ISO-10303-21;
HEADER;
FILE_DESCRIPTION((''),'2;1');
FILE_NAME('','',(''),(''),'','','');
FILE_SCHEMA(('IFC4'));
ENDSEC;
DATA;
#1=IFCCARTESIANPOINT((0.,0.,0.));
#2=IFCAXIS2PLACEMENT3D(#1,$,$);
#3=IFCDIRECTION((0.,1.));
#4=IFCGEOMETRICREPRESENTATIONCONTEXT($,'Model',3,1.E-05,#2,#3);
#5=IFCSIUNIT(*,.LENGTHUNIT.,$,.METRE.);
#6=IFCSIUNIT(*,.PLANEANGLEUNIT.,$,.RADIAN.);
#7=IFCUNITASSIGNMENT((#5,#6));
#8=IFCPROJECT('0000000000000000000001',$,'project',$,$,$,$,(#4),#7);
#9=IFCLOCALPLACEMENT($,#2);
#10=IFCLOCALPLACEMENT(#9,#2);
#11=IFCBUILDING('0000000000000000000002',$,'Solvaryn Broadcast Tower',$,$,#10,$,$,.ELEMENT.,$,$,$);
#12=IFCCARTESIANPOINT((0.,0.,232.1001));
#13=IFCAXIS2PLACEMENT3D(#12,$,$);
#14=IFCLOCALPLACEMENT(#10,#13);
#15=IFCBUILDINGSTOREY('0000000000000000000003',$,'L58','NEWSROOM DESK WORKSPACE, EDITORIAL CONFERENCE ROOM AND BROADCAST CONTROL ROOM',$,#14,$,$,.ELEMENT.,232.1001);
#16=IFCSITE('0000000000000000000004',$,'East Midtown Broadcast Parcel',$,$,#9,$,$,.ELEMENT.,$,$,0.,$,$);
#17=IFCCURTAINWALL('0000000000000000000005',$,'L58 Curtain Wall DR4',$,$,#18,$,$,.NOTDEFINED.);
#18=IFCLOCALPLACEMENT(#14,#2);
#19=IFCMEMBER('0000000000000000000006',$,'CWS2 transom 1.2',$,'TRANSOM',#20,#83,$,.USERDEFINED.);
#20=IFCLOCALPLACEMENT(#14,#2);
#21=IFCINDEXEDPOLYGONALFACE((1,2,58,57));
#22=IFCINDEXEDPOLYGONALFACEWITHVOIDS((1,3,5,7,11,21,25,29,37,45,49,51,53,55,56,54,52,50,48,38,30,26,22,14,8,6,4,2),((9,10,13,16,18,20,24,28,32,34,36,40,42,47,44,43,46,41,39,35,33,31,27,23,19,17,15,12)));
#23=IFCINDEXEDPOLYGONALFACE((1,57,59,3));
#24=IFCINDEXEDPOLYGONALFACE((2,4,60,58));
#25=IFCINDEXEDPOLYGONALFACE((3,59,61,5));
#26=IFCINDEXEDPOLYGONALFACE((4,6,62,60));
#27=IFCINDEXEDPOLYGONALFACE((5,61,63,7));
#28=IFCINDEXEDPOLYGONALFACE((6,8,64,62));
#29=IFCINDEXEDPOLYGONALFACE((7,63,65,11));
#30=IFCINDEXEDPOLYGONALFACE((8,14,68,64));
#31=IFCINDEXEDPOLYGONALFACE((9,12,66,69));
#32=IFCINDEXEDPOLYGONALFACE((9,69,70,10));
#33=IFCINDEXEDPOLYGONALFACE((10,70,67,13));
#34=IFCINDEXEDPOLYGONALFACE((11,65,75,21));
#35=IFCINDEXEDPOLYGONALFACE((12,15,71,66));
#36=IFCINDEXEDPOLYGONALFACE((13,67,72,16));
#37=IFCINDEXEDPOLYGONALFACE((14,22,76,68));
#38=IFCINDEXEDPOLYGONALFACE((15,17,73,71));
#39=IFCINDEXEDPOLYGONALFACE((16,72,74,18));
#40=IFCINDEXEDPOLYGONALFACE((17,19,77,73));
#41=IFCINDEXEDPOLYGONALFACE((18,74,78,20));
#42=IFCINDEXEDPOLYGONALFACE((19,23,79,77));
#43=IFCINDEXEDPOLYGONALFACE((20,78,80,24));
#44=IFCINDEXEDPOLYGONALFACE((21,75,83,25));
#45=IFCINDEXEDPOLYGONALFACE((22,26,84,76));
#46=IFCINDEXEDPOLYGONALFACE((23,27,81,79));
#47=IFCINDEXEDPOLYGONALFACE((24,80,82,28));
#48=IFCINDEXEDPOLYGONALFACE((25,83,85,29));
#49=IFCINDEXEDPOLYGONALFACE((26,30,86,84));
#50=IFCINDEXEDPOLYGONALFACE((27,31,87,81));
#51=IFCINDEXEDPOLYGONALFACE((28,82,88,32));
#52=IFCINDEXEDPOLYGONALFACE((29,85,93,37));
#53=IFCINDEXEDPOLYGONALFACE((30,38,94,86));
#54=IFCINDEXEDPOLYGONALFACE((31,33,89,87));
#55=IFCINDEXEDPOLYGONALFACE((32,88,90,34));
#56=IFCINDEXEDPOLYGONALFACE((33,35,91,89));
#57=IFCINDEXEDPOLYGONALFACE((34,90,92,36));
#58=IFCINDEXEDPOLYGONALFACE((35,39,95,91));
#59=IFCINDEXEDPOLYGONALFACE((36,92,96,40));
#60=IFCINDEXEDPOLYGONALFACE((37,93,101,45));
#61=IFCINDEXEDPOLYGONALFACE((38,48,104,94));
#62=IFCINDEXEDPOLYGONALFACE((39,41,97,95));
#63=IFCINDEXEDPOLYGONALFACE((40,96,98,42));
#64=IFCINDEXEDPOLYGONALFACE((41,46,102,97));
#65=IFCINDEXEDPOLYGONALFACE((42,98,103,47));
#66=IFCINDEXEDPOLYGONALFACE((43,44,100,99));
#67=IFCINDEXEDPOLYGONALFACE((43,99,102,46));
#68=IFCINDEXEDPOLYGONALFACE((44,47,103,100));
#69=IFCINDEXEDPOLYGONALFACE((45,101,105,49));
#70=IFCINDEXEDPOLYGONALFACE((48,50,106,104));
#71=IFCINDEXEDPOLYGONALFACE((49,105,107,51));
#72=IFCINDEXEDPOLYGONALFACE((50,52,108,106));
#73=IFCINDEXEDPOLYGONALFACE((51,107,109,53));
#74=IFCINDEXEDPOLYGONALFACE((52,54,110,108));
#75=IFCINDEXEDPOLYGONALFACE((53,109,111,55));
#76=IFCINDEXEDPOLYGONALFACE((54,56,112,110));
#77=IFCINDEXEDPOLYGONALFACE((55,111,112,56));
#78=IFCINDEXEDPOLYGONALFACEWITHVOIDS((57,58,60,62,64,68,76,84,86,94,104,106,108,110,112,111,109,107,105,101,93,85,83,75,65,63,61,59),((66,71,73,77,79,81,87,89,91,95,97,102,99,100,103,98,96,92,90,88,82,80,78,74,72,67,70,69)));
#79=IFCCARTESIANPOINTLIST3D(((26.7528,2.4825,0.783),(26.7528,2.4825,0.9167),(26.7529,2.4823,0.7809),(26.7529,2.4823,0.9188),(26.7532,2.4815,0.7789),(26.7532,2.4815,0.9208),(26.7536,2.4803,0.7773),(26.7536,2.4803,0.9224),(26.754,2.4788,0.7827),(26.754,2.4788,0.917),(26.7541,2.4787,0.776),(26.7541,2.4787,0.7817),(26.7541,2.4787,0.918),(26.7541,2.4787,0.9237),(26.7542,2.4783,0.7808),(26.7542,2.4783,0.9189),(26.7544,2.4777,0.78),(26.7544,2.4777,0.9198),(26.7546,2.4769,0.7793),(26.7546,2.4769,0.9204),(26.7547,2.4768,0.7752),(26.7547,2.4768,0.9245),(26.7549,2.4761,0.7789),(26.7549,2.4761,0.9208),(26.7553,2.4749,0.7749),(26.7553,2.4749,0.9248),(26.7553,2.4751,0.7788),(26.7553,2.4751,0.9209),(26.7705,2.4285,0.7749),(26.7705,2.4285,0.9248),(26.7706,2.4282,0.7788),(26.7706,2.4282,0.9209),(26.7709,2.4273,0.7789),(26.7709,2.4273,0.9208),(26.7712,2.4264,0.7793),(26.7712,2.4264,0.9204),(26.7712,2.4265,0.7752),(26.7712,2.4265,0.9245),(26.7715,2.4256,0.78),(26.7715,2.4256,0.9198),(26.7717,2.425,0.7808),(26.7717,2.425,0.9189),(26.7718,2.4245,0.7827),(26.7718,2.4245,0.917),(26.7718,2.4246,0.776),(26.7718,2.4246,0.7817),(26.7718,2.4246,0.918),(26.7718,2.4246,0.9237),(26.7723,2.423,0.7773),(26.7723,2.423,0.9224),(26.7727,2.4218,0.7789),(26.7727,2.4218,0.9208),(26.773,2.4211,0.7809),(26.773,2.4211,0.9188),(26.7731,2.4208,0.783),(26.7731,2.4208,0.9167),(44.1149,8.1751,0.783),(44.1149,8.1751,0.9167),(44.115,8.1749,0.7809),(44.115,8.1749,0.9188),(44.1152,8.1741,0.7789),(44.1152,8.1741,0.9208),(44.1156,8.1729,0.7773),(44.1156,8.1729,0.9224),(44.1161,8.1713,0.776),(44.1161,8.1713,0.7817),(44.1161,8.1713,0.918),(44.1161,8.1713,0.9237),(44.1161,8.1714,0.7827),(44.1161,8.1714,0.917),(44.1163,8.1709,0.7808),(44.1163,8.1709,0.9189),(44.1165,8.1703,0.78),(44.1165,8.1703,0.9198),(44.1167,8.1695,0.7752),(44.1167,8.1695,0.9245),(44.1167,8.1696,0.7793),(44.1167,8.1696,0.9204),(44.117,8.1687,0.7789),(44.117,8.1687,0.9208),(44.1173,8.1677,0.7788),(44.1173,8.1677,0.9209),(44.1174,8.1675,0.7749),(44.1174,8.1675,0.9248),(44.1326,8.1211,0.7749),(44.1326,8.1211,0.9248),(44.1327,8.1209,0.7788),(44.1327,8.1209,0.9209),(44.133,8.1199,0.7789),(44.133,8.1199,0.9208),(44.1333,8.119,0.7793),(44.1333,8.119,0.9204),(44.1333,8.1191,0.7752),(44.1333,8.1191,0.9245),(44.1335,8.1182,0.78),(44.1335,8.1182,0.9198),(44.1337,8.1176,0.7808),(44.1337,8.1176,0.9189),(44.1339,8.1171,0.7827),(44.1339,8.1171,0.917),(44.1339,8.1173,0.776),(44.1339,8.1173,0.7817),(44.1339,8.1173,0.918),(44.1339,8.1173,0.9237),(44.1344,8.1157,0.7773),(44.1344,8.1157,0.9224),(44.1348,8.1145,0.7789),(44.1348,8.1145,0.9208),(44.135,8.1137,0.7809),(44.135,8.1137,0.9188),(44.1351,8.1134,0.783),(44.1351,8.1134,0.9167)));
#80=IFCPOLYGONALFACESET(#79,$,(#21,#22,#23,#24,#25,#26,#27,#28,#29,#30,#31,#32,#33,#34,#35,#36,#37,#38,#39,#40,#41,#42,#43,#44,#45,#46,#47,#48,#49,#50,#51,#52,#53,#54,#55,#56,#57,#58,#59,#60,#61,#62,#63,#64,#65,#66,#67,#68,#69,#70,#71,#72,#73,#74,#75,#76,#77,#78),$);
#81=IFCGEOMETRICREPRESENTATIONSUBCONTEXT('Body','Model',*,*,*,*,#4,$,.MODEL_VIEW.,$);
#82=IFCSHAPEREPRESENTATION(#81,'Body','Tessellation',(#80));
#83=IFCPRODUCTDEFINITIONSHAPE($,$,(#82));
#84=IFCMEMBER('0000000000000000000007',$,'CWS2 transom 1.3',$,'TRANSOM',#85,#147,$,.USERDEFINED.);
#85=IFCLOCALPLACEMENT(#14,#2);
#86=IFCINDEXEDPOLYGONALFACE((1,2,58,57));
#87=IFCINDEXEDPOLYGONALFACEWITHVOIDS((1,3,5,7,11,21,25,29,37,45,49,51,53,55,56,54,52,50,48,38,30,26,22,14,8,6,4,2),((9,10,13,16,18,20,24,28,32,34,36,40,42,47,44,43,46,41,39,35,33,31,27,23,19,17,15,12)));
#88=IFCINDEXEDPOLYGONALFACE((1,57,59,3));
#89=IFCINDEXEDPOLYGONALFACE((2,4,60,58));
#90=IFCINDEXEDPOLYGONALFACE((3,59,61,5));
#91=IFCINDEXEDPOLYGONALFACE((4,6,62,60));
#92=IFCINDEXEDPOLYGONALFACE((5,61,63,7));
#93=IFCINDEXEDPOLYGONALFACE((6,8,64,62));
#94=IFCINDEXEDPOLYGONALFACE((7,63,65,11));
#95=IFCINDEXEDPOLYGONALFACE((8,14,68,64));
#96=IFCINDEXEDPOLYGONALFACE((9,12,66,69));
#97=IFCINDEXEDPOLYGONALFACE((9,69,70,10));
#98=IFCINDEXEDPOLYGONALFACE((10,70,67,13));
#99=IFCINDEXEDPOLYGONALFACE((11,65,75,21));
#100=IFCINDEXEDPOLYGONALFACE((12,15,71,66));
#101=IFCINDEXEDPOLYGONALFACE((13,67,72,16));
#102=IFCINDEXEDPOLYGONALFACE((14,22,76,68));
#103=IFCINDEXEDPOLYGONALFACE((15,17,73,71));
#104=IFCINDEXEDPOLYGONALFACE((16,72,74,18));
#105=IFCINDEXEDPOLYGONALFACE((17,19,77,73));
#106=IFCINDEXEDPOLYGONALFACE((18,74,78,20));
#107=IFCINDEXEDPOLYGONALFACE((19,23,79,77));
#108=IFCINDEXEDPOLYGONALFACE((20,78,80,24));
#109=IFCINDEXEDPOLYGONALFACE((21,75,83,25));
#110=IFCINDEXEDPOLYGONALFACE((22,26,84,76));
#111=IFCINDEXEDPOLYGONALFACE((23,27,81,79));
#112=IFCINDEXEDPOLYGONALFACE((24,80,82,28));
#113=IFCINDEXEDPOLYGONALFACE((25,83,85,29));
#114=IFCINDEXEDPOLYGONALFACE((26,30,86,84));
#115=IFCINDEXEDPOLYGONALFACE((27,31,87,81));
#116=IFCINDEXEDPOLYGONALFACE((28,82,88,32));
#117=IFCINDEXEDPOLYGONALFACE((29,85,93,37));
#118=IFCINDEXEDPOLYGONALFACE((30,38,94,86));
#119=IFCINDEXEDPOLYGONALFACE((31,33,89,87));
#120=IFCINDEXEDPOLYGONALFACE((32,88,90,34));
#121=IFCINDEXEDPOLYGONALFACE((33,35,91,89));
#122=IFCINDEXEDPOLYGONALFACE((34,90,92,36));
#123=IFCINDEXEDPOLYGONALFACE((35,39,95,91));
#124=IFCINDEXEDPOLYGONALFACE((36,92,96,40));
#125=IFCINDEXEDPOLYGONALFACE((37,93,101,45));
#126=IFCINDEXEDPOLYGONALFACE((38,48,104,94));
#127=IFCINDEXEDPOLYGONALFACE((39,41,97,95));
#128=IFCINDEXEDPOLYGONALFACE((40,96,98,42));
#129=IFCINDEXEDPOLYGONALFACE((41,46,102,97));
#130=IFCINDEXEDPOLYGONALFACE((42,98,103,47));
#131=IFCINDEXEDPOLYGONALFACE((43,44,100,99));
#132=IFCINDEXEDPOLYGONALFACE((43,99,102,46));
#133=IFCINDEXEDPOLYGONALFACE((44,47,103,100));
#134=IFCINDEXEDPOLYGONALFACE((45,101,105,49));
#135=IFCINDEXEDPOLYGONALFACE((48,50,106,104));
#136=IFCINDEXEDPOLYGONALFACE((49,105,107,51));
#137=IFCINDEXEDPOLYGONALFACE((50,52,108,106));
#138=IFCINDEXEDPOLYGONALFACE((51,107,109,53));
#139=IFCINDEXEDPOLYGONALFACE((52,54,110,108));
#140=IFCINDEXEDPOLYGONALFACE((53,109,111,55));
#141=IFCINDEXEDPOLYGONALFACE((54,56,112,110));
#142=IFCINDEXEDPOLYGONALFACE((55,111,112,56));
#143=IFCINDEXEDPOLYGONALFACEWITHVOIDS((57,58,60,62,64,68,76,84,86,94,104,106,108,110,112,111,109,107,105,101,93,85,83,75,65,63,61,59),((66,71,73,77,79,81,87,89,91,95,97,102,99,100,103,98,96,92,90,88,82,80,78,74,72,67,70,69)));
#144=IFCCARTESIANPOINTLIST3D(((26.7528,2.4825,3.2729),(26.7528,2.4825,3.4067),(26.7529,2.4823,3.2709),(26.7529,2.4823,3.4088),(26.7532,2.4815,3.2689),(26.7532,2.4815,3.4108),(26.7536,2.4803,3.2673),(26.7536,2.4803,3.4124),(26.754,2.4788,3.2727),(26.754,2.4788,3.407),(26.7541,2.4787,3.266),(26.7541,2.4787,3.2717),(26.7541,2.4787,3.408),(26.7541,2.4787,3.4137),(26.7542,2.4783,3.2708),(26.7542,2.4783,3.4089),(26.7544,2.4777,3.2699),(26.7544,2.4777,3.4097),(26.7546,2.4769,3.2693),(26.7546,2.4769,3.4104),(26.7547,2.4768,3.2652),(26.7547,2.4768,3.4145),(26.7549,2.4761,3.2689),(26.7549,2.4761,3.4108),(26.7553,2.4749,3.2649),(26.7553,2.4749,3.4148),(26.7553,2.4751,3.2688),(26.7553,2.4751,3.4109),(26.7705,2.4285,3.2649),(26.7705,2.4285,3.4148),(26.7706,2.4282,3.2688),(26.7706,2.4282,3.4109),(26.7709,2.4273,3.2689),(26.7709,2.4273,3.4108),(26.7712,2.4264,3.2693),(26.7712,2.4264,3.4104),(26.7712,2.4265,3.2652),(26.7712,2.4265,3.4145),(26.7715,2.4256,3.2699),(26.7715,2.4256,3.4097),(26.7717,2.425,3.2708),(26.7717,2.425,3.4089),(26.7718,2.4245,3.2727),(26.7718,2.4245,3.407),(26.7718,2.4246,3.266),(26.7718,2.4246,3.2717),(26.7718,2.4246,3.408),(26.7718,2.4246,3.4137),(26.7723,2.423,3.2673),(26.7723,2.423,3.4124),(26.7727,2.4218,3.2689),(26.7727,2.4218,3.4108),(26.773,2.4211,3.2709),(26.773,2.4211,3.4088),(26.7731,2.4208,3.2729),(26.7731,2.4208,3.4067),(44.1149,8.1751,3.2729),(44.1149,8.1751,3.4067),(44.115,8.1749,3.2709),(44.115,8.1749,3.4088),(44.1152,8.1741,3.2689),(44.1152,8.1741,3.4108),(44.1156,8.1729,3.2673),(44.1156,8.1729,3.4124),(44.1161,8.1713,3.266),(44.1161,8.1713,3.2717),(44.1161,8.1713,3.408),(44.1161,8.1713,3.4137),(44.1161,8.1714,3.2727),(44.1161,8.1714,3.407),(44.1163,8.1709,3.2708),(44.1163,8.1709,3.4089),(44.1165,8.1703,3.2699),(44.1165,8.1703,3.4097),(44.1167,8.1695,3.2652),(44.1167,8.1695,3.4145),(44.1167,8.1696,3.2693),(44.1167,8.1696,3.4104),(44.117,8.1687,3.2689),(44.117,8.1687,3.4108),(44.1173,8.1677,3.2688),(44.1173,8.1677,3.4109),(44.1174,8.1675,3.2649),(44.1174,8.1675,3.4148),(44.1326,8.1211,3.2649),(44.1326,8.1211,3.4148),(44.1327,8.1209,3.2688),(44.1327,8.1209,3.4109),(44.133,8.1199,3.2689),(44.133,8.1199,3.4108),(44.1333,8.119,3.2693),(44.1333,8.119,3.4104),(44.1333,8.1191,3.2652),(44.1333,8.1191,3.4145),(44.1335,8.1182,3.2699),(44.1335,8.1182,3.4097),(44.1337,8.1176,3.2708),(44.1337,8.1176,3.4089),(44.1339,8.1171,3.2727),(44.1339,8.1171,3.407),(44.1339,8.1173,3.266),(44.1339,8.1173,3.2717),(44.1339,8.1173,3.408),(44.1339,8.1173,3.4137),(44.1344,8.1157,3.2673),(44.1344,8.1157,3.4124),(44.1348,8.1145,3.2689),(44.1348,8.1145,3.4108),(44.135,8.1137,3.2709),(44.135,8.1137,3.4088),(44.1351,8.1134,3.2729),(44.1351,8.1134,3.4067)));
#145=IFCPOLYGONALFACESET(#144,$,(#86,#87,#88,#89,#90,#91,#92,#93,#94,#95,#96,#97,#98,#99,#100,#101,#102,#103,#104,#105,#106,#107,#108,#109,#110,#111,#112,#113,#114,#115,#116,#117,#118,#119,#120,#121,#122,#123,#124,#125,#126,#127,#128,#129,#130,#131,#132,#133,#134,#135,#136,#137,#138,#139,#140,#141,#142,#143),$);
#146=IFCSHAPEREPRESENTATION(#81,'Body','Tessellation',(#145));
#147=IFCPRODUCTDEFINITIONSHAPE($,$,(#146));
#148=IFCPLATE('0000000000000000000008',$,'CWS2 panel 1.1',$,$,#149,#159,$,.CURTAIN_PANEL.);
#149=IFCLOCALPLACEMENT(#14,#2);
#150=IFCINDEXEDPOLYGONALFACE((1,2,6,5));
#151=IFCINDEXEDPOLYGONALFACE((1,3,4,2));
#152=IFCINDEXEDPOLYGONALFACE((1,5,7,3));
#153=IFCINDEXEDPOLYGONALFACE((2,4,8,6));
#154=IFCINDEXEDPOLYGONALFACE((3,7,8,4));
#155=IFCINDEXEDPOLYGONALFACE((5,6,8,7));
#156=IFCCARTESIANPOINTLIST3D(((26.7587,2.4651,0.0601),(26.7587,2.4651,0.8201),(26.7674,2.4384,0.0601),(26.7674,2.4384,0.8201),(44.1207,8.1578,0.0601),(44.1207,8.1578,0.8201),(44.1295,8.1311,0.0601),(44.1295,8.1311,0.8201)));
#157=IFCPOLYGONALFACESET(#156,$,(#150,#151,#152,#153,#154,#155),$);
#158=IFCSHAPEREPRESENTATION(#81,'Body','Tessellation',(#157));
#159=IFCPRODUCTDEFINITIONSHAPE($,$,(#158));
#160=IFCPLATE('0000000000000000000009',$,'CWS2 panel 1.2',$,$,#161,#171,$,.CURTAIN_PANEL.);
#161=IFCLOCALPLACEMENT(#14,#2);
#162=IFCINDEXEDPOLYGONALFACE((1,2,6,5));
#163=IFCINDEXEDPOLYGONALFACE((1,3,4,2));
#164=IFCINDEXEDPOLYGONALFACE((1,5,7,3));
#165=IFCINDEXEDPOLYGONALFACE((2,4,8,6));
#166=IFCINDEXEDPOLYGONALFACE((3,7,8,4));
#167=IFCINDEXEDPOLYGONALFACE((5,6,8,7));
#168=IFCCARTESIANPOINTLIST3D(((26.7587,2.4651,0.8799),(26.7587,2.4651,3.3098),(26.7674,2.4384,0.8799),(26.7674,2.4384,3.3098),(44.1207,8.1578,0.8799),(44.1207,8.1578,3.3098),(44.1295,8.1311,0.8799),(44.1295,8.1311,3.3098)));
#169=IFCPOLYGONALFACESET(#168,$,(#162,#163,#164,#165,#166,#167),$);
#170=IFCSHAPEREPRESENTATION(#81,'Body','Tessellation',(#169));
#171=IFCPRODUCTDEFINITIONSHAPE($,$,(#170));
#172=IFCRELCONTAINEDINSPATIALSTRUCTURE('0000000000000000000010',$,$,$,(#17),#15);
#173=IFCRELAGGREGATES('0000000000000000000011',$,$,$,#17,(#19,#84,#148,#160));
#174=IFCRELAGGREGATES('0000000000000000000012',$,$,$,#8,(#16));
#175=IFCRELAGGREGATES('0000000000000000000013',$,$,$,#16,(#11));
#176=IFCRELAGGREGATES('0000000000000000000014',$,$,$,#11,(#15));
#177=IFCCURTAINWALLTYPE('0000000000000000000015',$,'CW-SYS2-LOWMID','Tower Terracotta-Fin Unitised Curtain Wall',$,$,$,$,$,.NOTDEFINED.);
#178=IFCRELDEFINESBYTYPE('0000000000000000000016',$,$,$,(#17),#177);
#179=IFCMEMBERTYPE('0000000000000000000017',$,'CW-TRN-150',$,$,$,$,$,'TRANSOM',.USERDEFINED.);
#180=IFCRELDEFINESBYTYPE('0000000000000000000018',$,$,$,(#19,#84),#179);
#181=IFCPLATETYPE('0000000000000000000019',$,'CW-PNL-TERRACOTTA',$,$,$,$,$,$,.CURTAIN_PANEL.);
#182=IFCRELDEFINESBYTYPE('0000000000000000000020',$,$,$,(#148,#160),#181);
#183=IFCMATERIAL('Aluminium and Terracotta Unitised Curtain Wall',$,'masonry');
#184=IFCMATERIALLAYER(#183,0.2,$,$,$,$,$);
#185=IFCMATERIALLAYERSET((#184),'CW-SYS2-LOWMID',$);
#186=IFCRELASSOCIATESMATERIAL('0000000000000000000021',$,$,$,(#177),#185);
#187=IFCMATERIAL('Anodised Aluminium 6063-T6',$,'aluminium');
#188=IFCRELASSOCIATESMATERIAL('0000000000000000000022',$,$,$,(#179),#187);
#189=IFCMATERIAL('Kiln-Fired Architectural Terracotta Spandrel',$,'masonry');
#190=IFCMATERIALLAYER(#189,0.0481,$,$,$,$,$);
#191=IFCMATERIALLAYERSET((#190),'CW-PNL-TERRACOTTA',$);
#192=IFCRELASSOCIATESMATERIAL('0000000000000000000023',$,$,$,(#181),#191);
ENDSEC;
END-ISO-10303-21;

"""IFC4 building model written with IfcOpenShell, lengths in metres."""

from ifc_helpers import new_model, si_unit, direction, frame, origin, origin_2d, place, context, subcontext, project, spatial, rectangle, hollow_rectangle, extrude, material, layer, layer_set, material_profile, profile_set, type_object, element, aggregate, save


model = new_model("IFC4")

# Units and contexts
model_context = context("Model", 3, precision=1e-05, world=origin(), true_north=direction((0.0, 1.0)))
body_context = subcontext(model_context, "Body", "Model", "MODEL_VIEW")
ifc_project = project(units=[si_unit("LENGTHUNIT", "METRE"), si_unit("PLANEANGLEUNIT", "RADIAN")], contexts=[model_context])

# Site, building, storey
site_placement = place(None, origin())
site = spatial("IfcSite", under=ifc_project, at=site_placement, Name="East Midtown Broadcast Parcel", CompositionType="ELEMENT", RefElevation=0.0)
building_placement = place(site_placement, origin())
building = spatial("IfcBuilding", under=site, at=building_placement, Name="Solvaryn Broadcast Tower", CompositionType="ELEMENT")
storey_placement = place(building_placement, frame((0.0, 0.0, 232.1001)))
storey = spatial("IfcBuildingStorey", under=building, at=storey_placement, Name="L58", Description="NEWSROOM DESK WORKSPACE, EDITORIAL CONFERENCE ROOM AND BROADCAST CONTROL ROOM", CompositionType="ELEMENT", Elevation=232.1001)

# Shared definitions
ifc_material_1 = material(Name="Aluminium and Terracotta Unitised Curtain Wall", Category="masonry")
ifc_layer_1 = layer(ifc_material_1, 0.2)
ifc_layer_set_1 = layer_set([ifc_layer_1], Name="CW-SYS2-LOWMID")
curtain_wall_type = type_object("IfcCurtainWallType", Name="CW-SYS2-LOWMID", Description="Tower Terracotta-Fin Unitised Curtain Wall", PredefinedType="NOTDEFINED", material=ifc_layer_set_1)

# Curtain wall, members, plates
curtain_wall_1_placement = place(storey_placement, origin())
curtain_wall_1 = element("IfcCurtainWall", 1, at=curtain_wall_1_placement, inside=storey, type_object=curtain_wall_type, Name="L58 Curtain Wall DR4", PredefinedType="NOTDEFINED")
ifc_material_2 = material(Name="Anodised Aluminium 6063-T6", Category="aluminium")
ifc_material_profile_1 = material_profile(ifc_material_2, hollow_rectangle(XDim=0.0649, YDim=0.1499, WallThickness=0.0039, InnerFilletRadius=0.0039, OuterFilletRadius=0.0081, at=origin_2d()))
ifc_profile_set_1 = profile_set([ifc_material_profile_1], Name="Anodised Aluminium 6063-T6")
member_type_1 = type_object("IfcMemberType", Name="CW-TRN-150", ElementType="TRANSOM", PredefinedType="USERDEFINED", material=ifc_profile_set_1)
member_1_placement = place(storey_placement, frame((26.7629, 2.4517, 0.8499), z_axis=(0.950227, 0.311558, 0.0), x_axis=(-0.311558, 0.950227, 0.0)))
member_1 = element("IfcMember", 2, at=member_1_placement, type_object=member_type_1, Name="CWS2 transom 1.2", ObjectType="TRANSOM", PredefinedType="USERDEFINED", context=body_context, shape_type="SweptSolid", body=[
    extrude(hollow_rectangle(XDim=0.0649, YDim=0.1499, WallThickness=0.0039, InnerFilletRadius=0.0039, OuterFilletRadius=0.0081, at=origin_2d()), origin(), (0.0, 0.0, 1.0), 18.2715),
])
member_2_placement = place(storey_placement, frame((26.7629, 2.4517, 3.3398), z_axis=(0.950227, 0.311558, 0.0), x_axis=(-0.311558, 0.950227, 0.0)))
member_2 = element("IfcMember", 3, at=member_2_placement, type_object=member_type_1, Name="CWS2 transom 1.3", ObjectType="TRANSOM", PredefinedType="USERDEFINED", context=body_context, shape_type="SweptSolid", body=[
    extrude(hollow_rectangle(XDim=0.0649, YDim=0.1499, WallThickness=0.0039, InnerFilletRadius=0.0039, OuterFilletRadius=0.0081, at=origin_2d()), origin(), (0.0, 0.0, 1.0), 18.2715),
])
ifc_material_3 = material(Name="Kiln-Fired Architectural Terracotta Spandrel", Category="masonry")
ifc_layer_2 = layer(ifc_material_3, 0.0481)
ifc_layer_set_2 = layer_set([ifc_layer_2], Name="CW-PNL-TERRACOTTA")
plate_type = type_object("IfcPlateType", Name="CW-PNL-TERRACOTTA", PredefinedType="CURTAIN_PANEL", material=ifc_layer_set_2)
plate_1_placement = place(storey_placement, frame((35.4441, 5.2981, 0.0601), z_axis=(0.0, 0.0, 1.0), x_axis=(0.950227, 0.311559, 0.0)))
plate_1 = element("IfcPlate", 4, at=plate_1_placement, type_object=plate_type, Name="CWS2 panel 1.1", PredefinedType="CURTAIN_PANEL", context=body_context, shape_type="SweptSolid", body=[
    extrude(rectangle(XDim=18.2715, YDim=0.0281, at=origin_2d()), origin(), (0.0, 0.0, 1.0), 0.76),
])
plate_2_placement = place(storey_placement, frame((35.4441, 5.2981, 0.8799), z_axis=(0.0, 0.0, 1.0), x_axis=(0.950227, 0.311559, 0.0)))
plate_2 = element("IfcPlate", 5, at=plate_2_placement, type_object=plate_type, Name="CWS2 panel 1.2", PredefinedType="CURTAIN_PANEL", context=body_context, shape_type="SweptSolid", body=[
    extrude(rectangle(XDim=18.2715, YDim=0.0281, at=origin_2d()), origin(), (0.0, 0.0, 1.0), 2.4299),
])
aggregate(curtain_wall_1, [member_1, member_2, plate_1, plate_2])

save(model, "model.ifc")
